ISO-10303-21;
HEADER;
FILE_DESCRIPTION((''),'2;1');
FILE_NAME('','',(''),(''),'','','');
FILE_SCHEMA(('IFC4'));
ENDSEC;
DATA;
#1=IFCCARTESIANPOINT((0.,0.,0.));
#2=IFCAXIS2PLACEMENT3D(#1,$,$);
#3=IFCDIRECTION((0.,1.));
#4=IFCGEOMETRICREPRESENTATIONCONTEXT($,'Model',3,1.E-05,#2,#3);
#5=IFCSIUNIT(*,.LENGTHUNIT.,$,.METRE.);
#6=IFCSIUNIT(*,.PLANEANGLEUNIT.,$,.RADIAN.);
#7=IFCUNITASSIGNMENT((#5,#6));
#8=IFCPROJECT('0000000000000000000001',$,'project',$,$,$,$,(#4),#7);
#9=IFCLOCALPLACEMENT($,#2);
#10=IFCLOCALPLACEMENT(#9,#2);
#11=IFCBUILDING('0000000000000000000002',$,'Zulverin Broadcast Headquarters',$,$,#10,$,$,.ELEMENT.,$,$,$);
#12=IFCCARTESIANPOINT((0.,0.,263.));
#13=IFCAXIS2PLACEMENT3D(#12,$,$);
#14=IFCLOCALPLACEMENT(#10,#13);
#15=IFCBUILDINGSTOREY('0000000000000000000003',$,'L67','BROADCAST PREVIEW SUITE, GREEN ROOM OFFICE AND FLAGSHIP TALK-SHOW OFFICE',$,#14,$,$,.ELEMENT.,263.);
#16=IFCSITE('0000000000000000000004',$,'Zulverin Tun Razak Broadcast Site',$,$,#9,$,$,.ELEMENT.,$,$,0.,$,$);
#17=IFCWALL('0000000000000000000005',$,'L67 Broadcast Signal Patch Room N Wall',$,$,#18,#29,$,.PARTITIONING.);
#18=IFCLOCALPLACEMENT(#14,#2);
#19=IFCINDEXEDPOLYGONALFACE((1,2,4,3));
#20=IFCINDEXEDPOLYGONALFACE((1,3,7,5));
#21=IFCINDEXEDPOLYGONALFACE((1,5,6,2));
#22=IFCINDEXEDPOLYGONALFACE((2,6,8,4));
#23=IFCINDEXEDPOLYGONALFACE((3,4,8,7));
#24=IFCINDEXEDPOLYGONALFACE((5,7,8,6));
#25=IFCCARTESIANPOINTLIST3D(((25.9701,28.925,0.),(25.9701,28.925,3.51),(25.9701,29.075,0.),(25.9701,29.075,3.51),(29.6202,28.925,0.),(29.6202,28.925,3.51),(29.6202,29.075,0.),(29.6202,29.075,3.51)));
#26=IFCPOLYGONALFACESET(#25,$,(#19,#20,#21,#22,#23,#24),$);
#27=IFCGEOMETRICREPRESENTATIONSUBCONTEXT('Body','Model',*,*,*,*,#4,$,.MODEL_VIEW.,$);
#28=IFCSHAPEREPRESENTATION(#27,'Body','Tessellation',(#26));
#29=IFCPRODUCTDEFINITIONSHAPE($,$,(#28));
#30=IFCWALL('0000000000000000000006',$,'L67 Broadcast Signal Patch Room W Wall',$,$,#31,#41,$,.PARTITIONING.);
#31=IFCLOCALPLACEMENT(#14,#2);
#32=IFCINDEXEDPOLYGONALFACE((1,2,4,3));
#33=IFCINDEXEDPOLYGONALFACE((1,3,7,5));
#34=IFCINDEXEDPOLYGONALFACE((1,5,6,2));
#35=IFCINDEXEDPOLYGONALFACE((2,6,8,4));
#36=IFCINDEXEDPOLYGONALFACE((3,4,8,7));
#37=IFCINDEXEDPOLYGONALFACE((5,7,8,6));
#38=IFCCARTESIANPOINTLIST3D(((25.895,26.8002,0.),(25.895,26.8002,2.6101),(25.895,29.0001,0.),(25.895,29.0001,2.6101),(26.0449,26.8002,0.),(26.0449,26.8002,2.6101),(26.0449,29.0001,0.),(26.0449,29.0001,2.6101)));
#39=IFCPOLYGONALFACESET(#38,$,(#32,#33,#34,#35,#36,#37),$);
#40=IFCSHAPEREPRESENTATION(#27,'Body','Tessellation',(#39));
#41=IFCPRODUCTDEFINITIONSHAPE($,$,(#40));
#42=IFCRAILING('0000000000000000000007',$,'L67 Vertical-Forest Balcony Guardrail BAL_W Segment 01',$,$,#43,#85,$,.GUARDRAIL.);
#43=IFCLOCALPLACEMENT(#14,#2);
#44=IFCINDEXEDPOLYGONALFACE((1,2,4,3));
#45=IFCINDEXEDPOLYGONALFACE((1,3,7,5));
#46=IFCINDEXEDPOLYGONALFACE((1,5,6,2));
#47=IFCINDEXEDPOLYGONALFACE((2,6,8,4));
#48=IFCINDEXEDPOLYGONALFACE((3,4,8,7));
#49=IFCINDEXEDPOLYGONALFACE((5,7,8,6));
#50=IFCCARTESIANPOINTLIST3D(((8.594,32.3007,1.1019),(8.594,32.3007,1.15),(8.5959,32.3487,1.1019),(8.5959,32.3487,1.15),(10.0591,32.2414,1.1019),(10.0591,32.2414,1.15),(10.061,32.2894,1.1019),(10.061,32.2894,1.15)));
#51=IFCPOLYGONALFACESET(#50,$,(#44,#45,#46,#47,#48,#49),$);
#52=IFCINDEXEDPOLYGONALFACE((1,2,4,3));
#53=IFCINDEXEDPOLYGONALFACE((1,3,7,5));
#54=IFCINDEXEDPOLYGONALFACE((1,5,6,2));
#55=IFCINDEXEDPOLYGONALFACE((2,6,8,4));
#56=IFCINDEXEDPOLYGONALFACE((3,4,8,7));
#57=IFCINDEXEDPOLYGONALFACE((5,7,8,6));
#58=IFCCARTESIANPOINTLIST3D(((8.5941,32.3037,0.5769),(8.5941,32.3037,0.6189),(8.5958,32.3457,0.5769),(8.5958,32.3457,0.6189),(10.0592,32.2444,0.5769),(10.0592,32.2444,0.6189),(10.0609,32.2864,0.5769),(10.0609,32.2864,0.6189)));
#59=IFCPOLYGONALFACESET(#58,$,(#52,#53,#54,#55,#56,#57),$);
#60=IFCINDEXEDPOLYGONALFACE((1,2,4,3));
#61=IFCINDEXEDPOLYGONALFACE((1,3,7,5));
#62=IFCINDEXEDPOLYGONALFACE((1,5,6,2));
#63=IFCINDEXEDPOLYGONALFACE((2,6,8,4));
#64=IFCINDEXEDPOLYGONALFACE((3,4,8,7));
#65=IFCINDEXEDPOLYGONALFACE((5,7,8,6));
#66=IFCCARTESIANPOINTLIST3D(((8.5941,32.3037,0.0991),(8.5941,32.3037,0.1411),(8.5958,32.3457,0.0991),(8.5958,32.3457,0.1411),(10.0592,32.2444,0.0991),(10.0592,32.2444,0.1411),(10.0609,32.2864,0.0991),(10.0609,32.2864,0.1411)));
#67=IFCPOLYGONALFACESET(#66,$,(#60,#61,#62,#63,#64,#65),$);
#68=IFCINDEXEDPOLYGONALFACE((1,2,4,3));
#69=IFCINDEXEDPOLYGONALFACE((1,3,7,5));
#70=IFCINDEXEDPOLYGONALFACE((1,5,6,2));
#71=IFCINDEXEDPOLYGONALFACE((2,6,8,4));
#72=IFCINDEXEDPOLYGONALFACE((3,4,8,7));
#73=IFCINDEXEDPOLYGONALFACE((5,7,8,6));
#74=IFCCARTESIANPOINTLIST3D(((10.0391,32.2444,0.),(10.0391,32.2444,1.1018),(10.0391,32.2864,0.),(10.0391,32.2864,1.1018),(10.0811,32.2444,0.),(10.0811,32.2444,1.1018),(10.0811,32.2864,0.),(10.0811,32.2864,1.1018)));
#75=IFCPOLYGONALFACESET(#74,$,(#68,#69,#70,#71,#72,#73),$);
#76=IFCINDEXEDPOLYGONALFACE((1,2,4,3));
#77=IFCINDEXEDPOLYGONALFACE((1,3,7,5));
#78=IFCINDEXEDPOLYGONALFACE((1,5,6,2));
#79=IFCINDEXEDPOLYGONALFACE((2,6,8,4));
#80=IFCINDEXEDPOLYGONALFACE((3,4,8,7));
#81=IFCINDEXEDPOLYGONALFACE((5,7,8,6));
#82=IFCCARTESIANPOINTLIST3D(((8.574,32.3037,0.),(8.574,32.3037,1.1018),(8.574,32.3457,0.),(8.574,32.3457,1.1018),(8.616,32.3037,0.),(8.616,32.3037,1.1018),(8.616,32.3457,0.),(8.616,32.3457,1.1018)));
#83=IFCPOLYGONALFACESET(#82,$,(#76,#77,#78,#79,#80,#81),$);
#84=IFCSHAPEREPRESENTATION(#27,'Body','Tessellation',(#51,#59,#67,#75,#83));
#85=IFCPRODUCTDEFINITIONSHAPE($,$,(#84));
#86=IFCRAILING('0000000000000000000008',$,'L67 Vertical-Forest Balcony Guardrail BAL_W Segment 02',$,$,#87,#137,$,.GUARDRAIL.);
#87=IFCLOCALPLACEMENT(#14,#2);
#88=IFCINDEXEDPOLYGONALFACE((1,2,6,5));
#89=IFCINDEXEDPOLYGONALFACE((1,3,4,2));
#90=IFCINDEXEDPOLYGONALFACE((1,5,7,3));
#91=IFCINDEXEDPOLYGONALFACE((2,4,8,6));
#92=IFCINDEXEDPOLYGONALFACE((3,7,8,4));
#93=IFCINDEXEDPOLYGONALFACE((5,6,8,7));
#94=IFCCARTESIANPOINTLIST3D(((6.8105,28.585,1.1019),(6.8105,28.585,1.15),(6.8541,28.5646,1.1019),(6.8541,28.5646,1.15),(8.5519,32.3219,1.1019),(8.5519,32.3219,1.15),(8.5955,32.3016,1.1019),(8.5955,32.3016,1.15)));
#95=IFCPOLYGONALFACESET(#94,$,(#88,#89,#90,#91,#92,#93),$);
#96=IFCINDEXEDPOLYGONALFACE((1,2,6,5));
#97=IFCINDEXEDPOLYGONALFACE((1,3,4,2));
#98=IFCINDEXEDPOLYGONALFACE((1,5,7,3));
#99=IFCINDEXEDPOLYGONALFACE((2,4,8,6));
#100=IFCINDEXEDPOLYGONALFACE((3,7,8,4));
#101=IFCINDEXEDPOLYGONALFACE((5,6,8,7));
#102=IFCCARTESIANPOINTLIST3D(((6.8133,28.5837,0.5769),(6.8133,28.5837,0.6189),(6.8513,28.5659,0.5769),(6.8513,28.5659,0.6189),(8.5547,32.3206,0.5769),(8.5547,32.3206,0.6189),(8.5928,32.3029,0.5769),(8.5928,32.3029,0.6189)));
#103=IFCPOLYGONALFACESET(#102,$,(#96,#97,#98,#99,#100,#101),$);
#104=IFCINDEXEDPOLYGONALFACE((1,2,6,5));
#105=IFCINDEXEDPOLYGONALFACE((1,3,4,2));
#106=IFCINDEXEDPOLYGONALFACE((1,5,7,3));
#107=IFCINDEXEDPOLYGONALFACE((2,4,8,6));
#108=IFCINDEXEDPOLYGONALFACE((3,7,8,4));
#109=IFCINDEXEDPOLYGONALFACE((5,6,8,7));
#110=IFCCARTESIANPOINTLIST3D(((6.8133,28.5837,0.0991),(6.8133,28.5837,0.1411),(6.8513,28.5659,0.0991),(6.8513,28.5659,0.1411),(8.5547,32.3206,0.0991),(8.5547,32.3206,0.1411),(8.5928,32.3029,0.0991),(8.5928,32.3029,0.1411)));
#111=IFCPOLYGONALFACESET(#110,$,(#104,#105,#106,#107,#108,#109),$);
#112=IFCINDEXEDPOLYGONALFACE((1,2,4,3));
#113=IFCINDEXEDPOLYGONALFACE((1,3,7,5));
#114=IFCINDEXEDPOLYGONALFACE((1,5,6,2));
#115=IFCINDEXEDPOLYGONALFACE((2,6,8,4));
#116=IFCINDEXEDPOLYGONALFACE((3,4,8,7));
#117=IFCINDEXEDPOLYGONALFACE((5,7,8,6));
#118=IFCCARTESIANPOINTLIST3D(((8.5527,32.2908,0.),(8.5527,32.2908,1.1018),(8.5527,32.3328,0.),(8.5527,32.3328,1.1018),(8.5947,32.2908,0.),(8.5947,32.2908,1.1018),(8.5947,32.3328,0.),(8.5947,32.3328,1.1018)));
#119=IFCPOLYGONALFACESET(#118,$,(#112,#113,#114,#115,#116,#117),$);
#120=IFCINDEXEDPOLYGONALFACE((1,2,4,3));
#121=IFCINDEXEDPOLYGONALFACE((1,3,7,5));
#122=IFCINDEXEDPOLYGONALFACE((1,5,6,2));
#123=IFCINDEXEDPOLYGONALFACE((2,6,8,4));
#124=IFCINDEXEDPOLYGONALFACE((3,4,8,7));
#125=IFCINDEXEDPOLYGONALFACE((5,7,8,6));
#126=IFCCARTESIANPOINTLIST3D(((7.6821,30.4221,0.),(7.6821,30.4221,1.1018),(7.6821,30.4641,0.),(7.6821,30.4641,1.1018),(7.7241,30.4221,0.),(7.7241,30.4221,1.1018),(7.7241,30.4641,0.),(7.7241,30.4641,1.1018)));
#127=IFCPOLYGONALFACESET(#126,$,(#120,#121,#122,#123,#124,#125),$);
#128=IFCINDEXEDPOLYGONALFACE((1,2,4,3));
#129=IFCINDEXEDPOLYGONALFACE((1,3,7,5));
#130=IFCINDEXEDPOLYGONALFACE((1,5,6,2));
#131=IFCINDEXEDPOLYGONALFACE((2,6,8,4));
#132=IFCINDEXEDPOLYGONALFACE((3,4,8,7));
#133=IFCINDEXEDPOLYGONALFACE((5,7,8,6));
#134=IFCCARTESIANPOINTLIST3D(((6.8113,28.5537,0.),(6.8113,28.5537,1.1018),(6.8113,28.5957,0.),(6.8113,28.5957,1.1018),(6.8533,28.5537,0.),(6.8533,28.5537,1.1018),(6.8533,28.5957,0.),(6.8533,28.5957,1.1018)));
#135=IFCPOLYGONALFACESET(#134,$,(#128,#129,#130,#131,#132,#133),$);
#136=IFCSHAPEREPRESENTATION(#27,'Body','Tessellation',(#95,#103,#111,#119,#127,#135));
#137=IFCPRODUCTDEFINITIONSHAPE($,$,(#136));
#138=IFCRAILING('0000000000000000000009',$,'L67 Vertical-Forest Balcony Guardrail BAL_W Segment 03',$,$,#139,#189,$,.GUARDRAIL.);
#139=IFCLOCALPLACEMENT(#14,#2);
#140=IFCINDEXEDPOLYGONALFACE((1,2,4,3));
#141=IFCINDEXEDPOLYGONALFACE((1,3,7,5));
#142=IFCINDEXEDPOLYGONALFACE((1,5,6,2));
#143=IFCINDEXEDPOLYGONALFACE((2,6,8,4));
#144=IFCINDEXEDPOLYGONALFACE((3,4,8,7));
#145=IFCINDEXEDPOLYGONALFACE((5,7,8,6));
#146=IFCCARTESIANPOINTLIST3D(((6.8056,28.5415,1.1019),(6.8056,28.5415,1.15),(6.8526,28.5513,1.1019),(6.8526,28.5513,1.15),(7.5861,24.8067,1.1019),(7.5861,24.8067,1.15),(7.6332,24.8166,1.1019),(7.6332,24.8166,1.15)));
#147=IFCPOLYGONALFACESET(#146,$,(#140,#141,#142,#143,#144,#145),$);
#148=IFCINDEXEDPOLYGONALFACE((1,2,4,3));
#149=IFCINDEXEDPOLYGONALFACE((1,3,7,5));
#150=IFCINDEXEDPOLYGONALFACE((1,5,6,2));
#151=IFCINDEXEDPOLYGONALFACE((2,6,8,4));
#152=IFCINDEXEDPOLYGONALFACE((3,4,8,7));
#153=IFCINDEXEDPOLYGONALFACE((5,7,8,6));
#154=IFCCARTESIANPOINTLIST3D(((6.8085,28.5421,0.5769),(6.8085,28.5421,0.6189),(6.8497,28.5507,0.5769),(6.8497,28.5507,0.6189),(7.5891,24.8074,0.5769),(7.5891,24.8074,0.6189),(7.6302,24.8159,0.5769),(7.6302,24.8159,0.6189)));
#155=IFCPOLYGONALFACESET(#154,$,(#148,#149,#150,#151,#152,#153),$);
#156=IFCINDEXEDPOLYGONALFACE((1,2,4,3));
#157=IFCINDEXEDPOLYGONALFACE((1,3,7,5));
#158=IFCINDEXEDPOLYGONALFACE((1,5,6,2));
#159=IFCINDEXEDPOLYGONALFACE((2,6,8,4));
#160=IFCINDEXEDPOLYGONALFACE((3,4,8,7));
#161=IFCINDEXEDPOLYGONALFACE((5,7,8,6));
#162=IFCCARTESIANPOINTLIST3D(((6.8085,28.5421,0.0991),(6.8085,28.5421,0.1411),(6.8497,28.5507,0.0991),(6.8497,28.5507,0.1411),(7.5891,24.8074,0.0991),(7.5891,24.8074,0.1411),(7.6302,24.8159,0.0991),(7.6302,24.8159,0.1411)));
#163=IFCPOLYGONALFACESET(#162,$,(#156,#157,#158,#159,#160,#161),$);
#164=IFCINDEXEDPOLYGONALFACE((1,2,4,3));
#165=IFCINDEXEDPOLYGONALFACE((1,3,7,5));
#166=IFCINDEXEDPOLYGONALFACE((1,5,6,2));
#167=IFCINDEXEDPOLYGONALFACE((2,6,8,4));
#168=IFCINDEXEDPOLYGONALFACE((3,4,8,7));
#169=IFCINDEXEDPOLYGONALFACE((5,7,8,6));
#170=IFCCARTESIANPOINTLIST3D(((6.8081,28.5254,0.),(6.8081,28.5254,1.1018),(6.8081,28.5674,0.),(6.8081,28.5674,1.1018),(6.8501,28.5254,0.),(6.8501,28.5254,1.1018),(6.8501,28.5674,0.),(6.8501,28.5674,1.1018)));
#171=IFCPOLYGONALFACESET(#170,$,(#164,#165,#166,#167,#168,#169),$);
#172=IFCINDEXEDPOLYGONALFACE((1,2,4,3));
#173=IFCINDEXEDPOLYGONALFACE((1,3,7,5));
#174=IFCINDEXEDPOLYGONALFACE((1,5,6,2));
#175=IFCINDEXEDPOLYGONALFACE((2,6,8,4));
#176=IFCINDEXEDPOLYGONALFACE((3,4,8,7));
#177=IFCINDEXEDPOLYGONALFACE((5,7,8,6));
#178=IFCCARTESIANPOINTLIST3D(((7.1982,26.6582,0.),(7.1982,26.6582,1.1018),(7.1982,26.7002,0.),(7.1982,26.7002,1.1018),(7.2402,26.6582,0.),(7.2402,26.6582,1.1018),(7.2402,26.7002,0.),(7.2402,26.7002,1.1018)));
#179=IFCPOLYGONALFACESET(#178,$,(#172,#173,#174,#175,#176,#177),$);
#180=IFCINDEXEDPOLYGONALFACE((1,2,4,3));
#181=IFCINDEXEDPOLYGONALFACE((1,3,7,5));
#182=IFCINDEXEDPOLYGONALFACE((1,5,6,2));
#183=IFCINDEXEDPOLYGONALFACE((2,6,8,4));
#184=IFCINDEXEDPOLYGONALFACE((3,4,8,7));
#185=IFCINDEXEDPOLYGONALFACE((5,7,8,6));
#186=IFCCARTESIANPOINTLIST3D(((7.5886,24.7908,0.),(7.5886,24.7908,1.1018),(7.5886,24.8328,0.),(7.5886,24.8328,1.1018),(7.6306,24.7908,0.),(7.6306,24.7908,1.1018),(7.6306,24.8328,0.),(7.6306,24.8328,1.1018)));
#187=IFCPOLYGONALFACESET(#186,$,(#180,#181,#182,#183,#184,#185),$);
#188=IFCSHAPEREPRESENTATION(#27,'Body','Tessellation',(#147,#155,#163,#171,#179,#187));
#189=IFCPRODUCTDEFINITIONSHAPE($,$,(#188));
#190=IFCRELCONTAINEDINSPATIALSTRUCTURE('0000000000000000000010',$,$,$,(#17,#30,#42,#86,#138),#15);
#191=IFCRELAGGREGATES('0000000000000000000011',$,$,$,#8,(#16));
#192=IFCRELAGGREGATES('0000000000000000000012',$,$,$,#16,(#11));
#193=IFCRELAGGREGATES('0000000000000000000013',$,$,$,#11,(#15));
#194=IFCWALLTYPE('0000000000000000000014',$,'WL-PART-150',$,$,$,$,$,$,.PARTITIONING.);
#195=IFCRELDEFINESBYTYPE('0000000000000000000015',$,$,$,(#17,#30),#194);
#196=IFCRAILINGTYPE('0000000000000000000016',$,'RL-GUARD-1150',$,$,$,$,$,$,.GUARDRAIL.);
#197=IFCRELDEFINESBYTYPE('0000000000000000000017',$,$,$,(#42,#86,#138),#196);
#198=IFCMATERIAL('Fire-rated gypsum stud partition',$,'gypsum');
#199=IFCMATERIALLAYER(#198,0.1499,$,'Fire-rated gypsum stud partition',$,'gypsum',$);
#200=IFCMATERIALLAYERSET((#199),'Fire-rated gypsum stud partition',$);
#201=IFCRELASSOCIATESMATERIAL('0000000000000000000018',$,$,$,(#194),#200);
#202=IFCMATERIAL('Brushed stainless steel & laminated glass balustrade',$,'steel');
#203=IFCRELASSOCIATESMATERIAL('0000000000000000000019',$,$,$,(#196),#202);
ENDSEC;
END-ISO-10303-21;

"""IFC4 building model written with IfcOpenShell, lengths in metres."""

from ifc_helpers import new_model, si_unit, direction, frame, frame_2d, origin, origin_2d, place, context, subcontext, project, spatial, rectangle, extrude, material, layer, layer_set, type_object, element, save


model = new_model("IFC4")

# Units and contexts
model_context = context("Model", 3, precision=1e-05, world=origin(), true_north=direction((0.0, 1.0)))
body_context = subcontext(model_context, "Body", "Model", "MODEL_VIEW")
ifc_project = project(units=[si_unit("LENGTHUNIT", "METRE"), si_unit("PLANEANGLEUNIT", "RADIAN")], contexts=[model_context])

# Site, building, storey
site_placement = place(None, origin())
site = spatial("IfcSite", under=ifc_project, at=site_placement, Name="Zulverin Tun Razak Broadcast Site", CompositionType="ELEMENT", RefElevation=0.0)
building_placement = place(site_placement, origin())
building = spatial("IfcBuilding", under=site, at=building_placement, Name="Zulverin Broadcast Headquarters", CompositionType="ELEMENT")
storey_placement = place(building_placement, frame((0.0, 0.0, 263.0)))
storey = spatial("IfcBuildingStorey", under=building, at=storey_placement, Name="L67", Description="BROADCAST PREVIEW SUITE, GREEN ROOM OFFICE AND FLAGSHIP TALK-SHOW OFFICE", CompositionType="ELEMENT", Elevation=263.0)

# Shared definitions
ifc_material_1 = material(Name="Fire-rated gypsum stud partition", Category="gypsum")
ifc_layer_1 = layer(ifc_material_1, 0.1499, Name="Fire-rated gypsum stud partition", Category="gypsum")
ifc_layer_set_1 = layer_set([ifc_layer_1], Name="Fire-rated gypsum stud partition")
wall_type = type_object("IfcWallType", Name="WL-PART-150", PredefinedType="PARTITIONING", material=ifc_layer_set_1)

# Walls
wall_1_placement = place(storey_placement, frame((25.97, 29.0, 0.0), z_axis=(0.0, 0.0, 1.0), x_axis=(1.0, 0.0, 0.0)))
element("IfcWall", 1, at=wall_1_placement, inside=storey, type_object=wall_type, Name="L67 Broadcast Signal Patch Room N Wall", PredefinedType="PARTITIONING", context=body_context, shape_type="SweptSolid", body=[
    extrude(rectangle(XDim=3.6501, YDim=0.1499, at=frame_2d((1.8252, 0.0))), origin(), (0.0, 0.0, 1.0), 3.51),
])
wall_2_placement = place(storey_placement, frame((25.97, 26.8, 0.0), z_axis=(0.0, 0.0, 1.0), x_axis=(0.0, 1.0, 0.0)))
element("IfcWall", 2, at=wall_2_placement, inside=storey, type_object=wall_type, Name="L67 Broadcast Signal Patch Room W Wall", PredefinedType="PARTITIONING", context=body_context, shape_type="SweptSolid", body=[
    extrude(rectangle(XDim=2.2, YDim=0.1499, at=frame_2d((1.1001, 0.0))), origin(), (0.0, 0.0, 1.0), 2.6101),
])

# Railings
ifc_material_2 = material(Name="Brushed stainless steel & laminated glass balustrade", Category="steel")
railing_type = type_object("IfcRailingType", Name="RL-GUARD-1150", PredefinedType="GUARDRAIL", material=ifc_material_2)
railing_1_placement = place(storey_placement, frame((10.0601, 32.2654, 0.0)))
element("IfcRailing", 3, at=railing_1_placement, inside=storey, type_object=railing_type, Name="L67 Vertical-Forest Balcony Guardrail BAL_W Segment 01", PredefinedType="GUARDRAIL", context=body_context, shape_type="SweptSolid", body=[
    extrude(rectangle(XDim=0.0481, YDim=0.0481, at=origin_2d()), frame((0.0, 0.0, 1.126), z_axis=(-0.999181, 0.04046, 0.0), x_axis=(-0.04046, -0.999181, 0.0)), (0.0, 0.0, 1.0), 1.4663),
    extrude(rectangle(XDim=0.042, YDim=0.042, at=origin_2d()), frame((0.0, 0.0, 0.5979), z_axis=(-0.999181, 0.04046, 0.0), x_axis=(-0.04046, -0.999181, 0.0)), (0.0, 0.0, 1.0), 1.4663),
    extrude(rectangle(XDim=0.042, YDim=0.042, at=origin_2d()), frame((0.0, 0.0, 0.1201), z_axis=(-0.999181, 0.04046, 0.0), x_axis=(-0.04046, -0.999181, 0.0)), (0.0, 0.0, 1.0), 1.4663),
    extrude(rectangle(XDim=0.042, YDim=0.042, at=origin_2d()), origin(), (0.0, 0.0, 1.0), 1.1018),
    extrude(rectangle(XDim=0.042, YDim=0.042, at=origin_2d()), frame((-1.4651, 0.0593, 0.0)), (0.0, 0.0, 1.0), 1.1018),
])
railing_2_placement = place(storey_placement, frame((8.5737, 32.3118, 0.0)))
element("IfcRailing", 4, at=railing_2_placement, inside=storey, type_object=railing_type, Name="L67 Vertical-Forest Balcony Guardrail BAL_W Segment 02", PredefinedType="GUARDRAIL", context=body_context, shape_type="SweptSolid", body=[
    extrude(rectangle(XDim=0.0481, YDim=0.0481, at=origin_2d()), frame((0.0, 0.0, 1.126), z_axis=(-0.422386, -0.906416, 0.0), x_axis=(0.906416, -0.422386, 0.0)), (0.0, 0.0, 1.0), 4.1228),
    extrude(rectangle(XDim=0.042, YDim=0.042, at=origin_2d()), frame((0.0, 0.0, 0.5979), z_axis=(-0.422386, -0.906416, 0.0), x_axis=(0.906416, -0.422386, 0.0)), (0.0, 0.0, 1.0), 4.1228),
    extrude(rectangle(XDim=0.042, YDim=0.042, at=origin_2d()), frame((0.0, 0.0, 0.1201), z_axis=(-0.422386, -0.906416, 0.0), x_axis=(0.906416, -0.422386, 0.0)), (0.0, 0.0, 1.0), 4.1228),
    extrude(rectangle(XDim=0.042, YDim=0.042, at=origin_2d()), origin(), (0.0, 0.0, 1.0), 1.1018),
    extrude(rectangle(XDim=0.042, YDim=0.042, at=origin_2d()), frame((-0.8706, -1.8687, 0.0)), (0.0, 0.0, 1.0), 1.1018),
    extrude(rectangle(XDim=0.042, YDim=0.042, at=origin_2d()), frame((-1.7415, -3.7371, 0.0)), (0.0, 0.0, 1.0), 1.1018),
])
railing_3_placement = place(storey_placement, frame((6.8291, 28.5464, 0.0)))
element("IfcRailing", 5, at=railing_3_placement, inside=storey, type_object=railing_type, Name="L67 Vertical-Forest Balcony Guardrail BAL_W Segment 03", PredefinedType="GUARDRAIL", context=body_context, shape_type="SweptSolid", body=[
    extrude(rectangle(XDim=0.0481, YDim=0.0481, at=origin_2d()), frame((0.0, 0.0, 1.126), z_axis=(0.204575, -0.978851, 0.0), x_axis=(0.978851, 0.204575, 0.0)), (0.0, 0.0, 1.0), 3.8154),
    extrude(rectangle(XDim=0.042, YDim=0.042, at=origin_2d()), frame((0.0, 0.0, 0.5979), z_axis=(0.204575, -0.978851, 0.0), x_axis=(0.978851, 0.204575, 0.0)), (0.0, 0.0, 1.0), 3.8154),
    extrude(rectangle(XDim=0.042, YDim=0.042, at=origin_2d()), frame((0.0, 0.0, 0.1201), z_axis=(0.204575, -0.978851, 0.0), x_axis=(0.978851, 0.204575, 0.0)), (0.0, 0.0, 1.0), 3.8154),
    extrude(rectangle(XDim=0.042, YDim=0.042, at=origin_2d()), origin(), (0.0, 0.0, 1.0), 1.1018),
    extrude(rectangle(XDim=0.042, YDim=0.042, at=origin_2d()), frame((0.3901, -1.8672, 0.0)), (0.0, 0.0, 1.0), 1.1018),
    extrude(rectangle(XDim=0.042, YDim=0.042, at=origin_2d()), frame((0.7805, -3.7346, 0.0)), (0.0, 0.0, 1.0), 1.1018),
])

save(model, "model.ifc")
